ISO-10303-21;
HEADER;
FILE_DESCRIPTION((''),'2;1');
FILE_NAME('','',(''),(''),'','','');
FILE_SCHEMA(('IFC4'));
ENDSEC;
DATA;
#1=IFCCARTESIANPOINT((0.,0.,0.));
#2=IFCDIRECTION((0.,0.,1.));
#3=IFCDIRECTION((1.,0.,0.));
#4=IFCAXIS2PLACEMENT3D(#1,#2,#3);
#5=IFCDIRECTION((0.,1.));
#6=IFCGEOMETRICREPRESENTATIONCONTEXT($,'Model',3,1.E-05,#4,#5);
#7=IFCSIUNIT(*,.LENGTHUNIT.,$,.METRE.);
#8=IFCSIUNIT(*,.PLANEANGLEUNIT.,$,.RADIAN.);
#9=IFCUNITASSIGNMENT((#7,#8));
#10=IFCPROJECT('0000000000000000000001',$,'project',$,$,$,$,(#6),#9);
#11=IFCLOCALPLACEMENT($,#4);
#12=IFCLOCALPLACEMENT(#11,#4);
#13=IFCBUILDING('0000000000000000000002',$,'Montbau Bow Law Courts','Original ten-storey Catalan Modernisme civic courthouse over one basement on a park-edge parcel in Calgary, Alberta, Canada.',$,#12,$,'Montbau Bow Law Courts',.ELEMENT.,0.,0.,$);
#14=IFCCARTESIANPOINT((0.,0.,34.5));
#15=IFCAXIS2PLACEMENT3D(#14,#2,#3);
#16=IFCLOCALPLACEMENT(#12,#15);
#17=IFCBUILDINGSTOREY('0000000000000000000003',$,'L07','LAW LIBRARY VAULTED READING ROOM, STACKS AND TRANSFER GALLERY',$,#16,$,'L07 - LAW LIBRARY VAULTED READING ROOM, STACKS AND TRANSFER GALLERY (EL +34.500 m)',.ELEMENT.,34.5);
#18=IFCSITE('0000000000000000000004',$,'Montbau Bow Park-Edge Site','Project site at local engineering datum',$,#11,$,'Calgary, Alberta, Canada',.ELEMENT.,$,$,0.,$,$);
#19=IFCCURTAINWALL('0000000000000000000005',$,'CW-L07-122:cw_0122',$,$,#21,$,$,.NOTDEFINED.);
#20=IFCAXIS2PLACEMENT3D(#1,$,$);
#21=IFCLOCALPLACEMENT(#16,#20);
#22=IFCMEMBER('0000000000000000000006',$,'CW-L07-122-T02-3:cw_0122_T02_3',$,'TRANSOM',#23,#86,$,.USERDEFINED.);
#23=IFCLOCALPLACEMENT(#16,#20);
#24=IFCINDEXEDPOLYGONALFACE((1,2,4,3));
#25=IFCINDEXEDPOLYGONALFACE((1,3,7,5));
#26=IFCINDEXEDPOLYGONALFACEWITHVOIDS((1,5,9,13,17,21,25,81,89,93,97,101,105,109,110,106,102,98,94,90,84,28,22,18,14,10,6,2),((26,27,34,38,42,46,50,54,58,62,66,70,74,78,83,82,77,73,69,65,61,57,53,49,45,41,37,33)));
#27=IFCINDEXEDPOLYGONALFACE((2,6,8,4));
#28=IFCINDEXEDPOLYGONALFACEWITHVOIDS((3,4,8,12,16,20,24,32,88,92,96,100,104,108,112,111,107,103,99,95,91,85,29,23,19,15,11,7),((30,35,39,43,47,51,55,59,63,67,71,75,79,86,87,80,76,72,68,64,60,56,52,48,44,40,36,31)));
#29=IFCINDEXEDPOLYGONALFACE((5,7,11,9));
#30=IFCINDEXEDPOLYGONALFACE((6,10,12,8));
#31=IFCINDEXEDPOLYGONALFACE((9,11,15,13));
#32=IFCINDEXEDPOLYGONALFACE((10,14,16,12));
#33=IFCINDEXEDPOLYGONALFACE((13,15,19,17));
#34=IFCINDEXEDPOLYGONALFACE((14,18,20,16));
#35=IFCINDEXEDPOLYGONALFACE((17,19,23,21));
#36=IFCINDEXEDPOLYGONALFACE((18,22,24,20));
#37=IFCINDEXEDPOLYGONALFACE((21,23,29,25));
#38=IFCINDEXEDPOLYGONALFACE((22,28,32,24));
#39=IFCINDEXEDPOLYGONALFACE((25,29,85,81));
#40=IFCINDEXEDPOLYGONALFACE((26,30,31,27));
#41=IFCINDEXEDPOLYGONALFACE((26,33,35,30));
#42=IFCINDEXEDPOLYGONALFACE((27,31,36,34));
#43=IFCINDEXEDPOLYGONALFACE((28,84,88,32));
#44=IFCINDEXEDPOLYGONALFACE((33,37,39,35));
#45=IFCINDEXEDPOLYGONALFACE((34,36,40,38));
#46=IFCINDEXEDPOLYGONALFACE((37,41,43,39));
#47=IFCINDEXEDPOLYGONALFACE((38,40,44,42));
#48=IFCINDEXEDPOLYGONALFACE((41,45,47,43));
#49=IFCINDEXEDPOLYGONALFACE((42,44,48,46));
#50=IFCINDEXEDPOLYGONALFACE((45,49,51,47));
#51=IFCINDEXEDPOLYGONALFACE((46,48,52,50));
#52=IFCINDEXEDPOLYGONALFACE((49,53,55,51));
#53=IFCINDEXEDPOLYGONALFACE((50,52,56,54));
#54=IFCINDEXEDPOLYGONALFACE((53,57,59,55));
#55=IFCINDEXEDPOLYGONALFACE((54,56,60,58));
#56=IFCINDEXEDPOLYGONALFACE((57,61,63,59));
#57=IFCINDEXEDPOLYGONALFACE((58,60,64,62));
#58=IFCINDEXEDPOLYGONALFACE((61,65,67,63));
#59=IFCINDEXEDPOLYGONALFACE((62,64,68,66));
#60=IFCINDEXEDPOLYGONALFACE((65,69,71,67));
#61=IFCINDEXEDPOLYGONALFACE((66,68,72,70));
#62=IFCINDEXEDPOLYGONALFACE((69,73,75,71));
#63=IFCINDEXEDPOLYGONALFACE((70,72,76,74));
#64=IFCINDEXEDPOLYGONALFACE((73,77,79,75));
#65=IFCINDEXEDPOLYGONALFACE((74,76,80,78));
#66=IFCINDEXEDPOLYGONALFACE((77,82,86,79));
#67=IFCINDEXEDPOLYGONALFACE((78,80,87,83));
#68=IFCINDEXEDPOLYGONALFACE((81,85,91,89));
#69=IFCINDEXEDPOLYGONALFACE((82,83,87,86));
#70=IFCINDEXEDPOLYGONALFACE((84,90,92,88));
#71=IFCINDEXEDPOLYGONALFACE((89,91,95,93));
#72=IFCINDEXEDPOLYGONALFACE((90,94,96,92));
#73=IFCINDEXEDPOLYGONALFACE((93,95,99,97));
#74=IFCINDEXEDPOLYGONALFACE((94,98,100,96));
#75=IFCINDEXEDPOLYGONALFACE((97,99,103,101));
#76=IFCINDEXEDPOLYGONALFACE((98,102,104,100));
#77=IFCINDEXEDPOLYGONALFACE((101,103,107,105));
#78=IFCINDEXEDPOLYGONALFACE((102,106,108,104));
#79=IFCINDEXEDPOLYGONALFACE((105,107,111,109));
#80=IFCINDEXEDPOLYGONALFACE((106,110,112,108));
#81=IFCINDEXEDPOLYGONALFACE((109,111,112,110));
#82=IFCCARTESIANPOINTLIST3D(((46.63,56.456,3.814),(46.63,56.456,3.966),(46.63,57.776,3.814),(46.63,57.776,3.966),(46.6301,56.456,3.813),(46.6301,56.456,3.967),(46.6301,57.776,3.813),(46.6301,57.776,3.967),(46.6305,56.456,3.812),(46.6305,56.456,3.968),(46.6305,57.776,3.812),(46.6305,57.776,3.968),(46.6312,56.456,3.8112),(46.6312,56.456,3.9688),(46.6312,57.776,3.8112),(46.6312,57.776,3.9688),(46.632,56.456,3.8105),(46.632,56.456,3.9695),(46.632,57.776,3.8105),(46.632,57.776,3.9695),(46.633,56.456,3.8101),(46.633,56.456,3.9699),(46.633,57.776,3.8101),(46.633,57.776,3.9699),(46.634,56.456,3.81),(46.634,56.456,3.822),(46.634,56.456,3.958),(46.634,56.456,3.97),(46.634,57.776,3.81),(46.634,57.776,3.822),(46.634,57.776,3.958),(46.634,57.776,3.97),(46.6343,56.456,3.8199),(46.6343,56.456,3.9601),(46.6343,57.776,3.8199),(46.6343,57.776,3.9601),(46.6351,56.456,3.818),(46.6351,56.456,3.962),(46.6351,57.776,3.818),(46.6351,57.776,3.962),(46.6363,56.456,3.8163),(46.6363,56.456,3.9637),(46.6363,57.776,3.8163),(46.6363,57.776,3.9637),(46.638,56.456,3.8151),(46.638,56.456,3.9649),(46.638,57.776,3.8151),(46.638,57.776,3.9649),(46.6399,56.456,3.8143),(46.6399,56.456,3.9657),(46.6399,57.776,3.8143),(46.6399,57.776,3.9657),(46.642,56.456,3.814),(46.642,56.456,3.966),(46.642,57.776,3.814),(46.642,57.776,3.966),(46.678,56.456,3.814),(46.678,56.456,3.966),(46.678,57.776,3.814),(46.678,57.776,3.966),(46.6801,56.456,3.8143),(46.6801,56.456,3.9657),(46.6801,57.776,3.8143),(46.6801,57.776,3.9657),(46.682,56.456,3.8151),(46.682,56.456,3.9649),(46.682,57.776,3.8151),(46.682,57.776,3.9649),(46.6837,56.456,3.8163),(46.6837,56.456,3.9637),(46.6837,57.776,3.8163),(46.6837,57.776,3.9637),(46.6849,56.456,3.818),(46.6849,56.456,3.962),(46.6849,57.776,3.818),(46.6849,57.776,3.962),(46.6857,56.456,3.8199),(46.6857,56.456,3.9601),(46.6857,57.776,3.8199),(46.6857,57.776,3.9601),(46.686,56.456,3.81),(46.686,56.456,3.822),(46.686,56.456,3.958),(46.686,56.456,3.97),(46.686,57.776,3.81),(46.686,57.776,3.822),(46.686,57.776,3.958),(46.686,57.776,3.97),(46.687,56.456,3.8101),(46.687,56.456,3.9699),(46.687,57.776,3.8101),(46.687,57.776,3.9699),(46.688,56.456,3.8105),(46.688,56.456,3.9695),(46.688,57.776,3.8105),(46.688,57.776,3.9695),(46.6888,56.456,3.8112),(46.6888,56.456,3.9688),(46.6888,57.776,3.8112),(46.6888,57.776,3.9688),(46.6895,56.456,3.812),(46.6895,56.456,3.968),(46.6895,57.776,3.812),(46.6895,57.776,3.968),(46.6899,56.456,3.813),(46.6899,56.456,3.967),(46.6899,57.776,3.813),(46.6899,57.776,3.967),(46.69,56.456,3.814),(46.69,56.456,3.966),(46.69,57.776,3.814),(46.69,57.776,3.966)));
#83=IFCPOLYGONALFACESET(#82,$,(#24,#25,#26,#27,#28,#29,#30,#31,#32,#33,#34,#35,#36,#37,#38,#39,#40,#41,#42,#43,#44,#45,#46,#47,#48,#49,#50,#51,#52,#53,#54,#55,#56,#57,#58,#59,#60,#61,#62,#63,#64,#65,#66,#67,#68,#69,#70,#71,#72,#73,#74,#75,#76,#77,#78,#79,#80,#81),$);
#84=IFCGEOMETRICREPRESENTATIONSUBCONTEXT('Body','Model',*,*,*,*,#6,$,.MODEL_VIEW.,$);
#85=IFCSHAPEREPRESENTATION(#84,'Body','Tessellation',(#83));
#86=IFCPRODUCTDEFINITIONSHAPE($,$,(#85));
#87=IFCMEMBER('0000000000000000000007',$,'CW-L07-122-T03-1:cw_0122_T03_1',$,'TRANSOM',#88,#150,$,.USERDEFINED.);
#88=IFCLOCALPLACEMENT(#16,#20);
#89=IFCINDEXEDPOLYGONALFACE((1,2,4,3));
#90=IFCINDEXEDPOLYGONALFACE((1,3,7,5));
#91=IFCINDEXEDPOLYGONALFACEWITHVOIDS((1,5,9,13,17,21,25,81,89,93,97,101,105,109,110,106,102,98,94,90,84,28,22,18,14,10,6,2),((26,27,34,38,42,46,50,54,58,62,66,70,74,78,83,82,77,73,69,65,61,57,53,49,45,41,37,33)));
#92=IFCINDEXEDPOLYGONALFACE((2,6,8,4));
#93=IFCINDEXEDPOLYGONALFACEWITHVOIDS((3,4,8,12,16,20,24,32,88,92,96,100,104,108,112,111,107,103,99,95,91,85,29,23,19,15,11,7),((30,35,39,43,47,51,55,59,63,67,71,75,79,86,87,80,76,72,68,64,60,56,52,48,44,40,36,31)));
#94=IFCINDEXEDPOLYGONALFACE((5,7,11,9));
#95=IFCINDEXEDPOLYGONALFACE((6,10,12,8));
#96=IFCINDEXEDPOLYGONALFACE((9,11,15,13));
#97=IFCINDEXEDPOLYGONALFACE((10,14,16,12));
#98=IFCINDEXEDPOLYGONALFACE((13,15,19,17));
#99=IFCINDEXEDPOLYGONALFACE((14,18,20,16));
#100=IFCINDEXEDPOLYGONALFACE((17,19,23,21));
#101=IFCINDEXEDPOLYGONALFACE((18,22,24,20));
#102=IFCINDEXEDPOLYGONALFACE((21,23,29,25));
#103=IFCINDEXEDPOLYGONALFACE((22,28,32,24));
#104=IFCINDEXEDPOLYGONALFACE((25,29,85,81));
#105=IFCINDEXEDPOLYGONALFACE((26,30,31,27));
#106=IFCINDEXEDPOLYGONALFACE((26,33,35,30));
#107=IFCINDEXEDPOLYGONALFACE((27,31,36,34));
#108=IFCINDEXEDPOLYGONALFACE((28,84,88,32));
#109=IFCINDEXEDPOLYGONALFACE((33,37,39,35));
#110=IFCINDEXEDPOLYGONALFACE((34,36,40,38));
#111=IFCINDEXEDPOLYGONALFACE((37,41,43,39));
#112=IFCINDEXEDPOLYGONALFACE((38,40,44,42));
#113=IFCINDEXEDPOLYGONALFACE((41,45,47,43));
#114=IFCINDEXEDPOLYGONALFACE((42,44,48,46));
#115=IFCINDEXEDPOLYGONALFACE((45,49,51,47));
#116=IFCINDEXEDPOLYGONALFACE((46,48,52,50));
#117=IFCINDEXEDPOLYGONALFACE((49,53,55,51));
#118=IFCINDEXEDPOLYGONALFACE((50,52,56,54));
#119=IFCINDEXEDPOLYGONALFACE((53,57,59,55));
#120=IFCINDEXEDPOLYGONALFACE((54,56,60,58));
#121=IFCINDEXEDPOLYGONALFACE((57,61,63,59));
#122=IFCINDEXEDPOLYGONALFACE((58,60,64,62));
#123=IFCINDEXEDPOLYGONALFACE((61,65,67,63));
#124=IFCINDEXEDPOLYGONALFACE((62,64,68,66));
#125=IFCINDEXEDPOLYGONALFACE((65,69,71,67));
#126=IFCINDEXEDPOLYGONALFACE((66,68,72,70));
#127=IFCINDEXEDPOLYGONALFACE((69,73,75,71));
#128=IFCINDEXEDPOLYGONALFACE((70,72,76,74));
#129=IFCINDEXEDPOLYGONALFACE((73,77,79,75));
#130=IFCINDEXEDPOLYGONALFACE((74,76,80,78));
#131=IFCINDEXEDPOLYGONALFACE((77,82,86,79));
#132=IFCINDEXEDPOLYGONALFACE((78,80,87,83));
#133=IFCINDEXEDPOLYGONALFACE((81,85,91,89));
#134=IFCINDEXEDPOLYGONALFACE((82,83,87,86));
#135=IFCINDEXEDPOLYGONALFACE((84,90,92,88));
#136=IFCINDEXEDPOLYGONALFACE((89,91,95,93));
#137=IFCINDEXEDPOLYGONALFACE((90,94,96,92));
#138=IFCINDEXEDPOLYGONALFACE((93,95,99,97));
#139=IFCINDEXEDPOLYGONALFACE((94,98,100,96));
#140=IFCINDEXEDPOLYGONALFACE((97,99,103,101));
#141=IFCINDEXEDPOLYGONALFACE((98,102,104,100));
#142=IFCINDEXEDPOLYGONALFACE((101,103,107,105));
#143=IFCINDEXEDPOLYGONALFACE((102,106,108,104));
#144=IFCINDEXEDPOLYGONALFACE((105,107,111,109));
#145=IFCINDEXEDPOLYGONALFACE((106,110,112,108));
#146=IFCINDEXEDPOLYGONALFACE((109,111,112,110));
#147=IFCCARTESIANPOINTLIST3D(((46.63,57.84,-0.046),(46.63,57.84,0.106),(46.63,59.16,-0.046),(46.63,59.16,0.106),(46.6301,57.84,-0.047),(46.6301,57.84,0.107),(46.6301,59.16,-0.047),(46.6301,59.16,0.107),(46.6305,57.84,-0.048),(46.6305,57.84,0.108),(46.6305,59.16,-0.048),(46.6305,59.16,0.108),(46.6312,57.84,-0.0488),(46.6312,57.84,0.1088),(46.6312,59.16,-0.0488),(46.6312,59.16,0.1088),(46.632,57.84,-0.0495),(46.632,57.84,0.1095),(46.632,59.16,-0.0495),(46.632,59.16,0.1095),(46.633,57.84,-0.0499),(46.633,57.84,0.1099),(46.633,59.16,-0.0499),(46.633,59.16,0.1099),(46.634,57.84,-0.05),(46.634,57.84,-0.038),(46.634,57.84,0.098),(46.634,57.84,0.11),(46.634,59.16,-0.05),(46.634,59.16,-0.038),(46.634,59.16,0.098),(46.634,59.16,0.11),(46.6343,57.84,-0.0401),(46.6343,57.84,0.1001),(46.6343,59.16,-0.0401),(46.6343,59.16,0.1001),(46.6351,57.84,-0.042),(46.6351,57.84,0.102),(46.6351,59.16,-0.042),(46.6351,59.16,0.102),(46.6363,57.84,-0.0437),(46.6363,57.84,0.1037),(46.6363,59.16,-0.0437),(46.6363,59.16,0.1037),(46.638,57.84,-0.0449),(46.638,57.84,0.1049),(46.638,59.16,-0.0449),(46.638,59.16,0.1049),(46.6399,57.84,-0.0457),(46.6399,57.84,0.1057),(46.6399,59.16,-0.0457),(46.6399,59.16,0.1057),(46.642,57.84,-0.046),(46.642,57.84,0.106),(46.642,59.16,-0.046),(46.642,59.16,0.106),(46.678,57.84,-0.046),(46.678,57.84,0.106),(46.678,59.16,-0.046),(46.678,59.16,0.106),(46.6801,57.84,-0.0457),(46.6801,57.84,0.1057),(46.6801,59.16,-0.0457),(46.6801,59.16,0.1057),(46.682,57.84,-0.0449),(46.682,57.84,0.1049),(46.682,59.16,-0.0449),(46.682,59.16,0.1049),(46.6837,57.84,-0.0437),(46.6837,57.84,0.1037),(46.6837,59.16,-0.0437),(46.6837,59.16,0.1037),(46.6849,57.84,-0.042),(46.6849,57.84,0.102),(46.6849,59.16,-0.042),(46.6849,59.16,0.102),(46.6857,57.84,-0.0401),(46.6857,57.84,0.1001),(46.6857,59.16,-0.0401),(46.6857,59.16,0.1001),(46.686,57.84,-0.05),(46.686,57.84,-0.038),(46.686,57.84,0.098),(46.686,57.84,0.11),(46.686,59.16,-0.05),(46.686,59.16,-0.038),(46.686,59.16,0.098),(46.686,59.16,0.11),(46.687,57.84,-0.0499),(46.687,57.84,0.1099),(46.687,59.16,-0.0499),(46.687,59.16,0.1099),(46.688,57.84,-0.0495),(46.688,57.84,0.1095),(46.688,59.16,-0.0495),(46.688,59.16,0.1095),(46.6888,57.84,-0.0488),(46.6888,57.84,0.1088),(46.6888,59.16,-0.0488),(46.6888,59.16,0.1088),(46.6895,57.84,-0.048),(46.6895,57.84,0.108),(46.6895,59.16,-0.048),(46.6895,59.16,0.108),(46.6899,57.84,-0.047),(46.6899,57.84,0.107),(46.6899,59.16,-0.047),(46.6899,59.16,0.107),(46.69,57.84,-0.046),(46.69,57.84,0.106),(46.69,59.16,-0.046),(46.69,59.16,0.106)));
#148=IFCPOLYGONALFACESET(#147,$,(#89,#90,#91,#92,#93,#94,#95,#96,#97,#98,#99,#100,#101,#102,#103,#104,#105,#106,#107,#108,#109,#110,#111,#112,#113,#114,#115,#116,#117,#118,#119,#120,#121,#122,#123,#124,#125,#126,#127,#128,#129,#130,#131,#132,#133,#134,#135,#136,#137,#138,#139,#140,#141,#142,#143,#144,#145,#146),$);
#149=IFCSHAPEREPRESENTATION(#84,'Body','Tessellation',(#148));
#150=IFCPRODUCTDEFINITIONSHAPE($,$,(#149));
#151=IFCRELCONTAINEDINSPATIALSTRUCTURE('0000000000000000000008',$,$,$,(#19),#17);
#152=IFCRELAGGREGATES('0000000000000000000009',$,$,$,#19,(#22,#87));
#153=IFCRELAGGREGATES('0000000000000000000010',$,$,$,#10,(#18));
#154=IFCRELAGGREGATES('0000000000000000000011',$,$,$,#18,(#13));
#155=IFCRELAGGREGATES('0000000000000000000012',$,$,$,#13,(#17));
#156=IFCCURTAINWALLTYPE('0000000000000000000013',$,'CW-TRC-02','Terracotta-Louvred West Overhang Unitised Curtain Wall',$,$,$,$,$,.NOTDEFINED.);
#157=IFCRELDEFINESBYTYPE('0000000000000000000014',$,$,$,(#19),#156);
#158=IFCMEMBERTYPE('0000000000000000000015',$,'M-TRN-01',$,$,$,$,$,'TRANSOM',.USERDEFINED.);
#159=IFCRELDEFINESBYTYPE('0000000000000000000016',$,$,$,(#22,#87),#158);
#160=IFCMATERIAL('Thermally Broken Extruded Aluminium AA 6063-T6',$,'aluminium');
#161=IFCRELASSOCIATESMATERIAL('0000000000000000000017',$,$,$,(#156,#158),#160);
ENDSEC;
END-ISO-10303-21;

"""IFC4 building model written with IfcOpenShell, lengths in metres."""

from ifc_helpers import new_model, si_unit, direction, frame, origin_with_axes, origin_2d_with_axis, place, context, subcontext, project, spatial, hollow_rectangle, extrude, material, material_profile, profile_set, type_object, element, aggregate, save


model = new_model("IFC4")

# Units and contexts
model_context = context("Model", 3, precision=1e-05, world=origin_with_axes(), true_north=direction((0.0, 1.0)))
body_context = subcontext(model_context, "Body", "Model", "MODEL_VIEW")
ifc_project = project(units=[si_unit("LENGTHUNIT", "METRE"), si_unit("PLANEANGLEUNIT", "RADIAN")], contexts=[model_context])

# Site, building, storey
site_placement = place(None, origin_with_axes())
site = spatial("IfcSite", under=ifc_project, at=site_placement, Name="Montbau Bow Park-Edge Site", Description="Project site at local engineering datum", LongName="Calgary, Alberta, Canada", CompositionType="ELEMENT", RefElevation=0.0)
building_placement = place(site_placement, origin_with_axes())
building = spatial("IfcBuilding", under=site, at=building_placement, Name="Montbau Bow Law Courts", Description="Original ten-storey Catalan Modernisme civic courthouse over one basement on a park-edge parcel in Calgary, Alberta, Canada.", LongName="Montbau Bow Law Courts", CompositionType="ELEMENT", ElevationOfRefHeight=0.0, ElevationOfTerrain=0.0)
storey_placement = place(building_placement, frame((0.0, 0.0, 34.5), z_axis=(0.0, 0.0, 1.0), x_axis=(1.0, 0.0, 0.0)))
storey = spatial("IfcBuildingStorey", under=building, at=storey_placement, Name="L07", Description="LAW LIBRARY VAULTED READING ROOM, STACKS AND TRANSFER GALLERY", LongName="L07 - LAW LIBRARY VAULTED READING ROOM, STACKS AND TRANSFER GALLERY (EL +34.500 m)", CompositionType="ELEMENT", Elevation=34.5)

# Shared definitions
ifc_material_1 = material(Name="Thermally Broken Extruded Aluminium AA 6063-T6", Category="aluminium")
curtain_wall_type = type_object("IfcCurtainWallType", Name="CW-TRC-02", Description="Terracotta-Louvred West Overhang Unitised Curtain Wall", PredefinedType="NOTDEFINED", material=ifc_material_1)

# Curtain wall
curtain_wall_1_placement = place(None, frame((46.66, 55.04, 34.5), z_axis=(0.0, 0.0, 1.0), x_axis=(1.0, 0.0, 0.0)))
curtain_wall_1 = element("IfcCurtainWall", 1, at=curtain_wall_1_placement, inside=storey, type_object=curtain_wall_type, Name="CW-L07-122:cw_0122", PredefinedType="NOTDEFINED")

# Members
ifc_material_profile_1 = material_profile(ifc_material_1, hollow_rectangle(XDim=0.06, YDim=0.16, WallThickness=0.004, InnerFilletRadius=0.008, OuterFilletRadius=0.004, at=origin_2d_with_axis()), Name="CWT-160X60", Category="Main", Priority=0)
ifc_profile_set_1 = profile_set([ifc_material_profile_1], Name="Thermally Broken Extruded Aluminium AA 6063-T6")
member_type_1 = type_object("IfcMemberType", Name="M-TRN-01", ElementType="TRANSOM", PredefinedType="USERDEFINED", material=ifc_profile_set_1)
member_1_placement = place(None, frame((46.66, 56.456, 38.39), z_axis=(0.0, 1.0, 0.0), x_axis=(-1.0, 0.0, 0.0)))
member_1 = element("IfcMember", 2, at=member_1_placement, type_object=member_type_1, Name="CW-L07-122-T02-3:cw_0122_T02_3", ObjectType="TRANSOM", PredefinedType="USERDEFINED", context=body_context, shape_type="SweptSolid", body=[
    extrude(hollow_rectangle(XDim=0.06, YDim=0.16, WallThickness=0.004, InnerFilletRadius=0.008, OuterFilletRadius=0.004, at=origin_2d_with_axis()), origin_with_axes(), (0.0, 0.0, 1.0), 1.32),
])
member_2_placement = place(None, frame((46.66, 57.84, 34.53), z_axis=(0.0, 1.0, 0.0), x_axis=(-1.0, 0.0, 0.0)))
member_2 = element("IfcMember", 3, at=member_2_placement, type_object=member_type_1, Name="CW-L07-122-T03-1:cw_0122_T03_1", ObjectType="TRANSOM", PredefinedType="USERDEFINED", context=body_context, shape_type="SweptSolid", body=[
    extrude(hollow_rectangle(XDim=0.06, YDim=0.16, WallThickness=0.004, InnerFilletRadius=0.008, OuterFilletRadius=0.004, at=origin_2d_with_axis()), origin_with_axes(), (0.0, 0.0, 1.0), 1.32),
])

aggregate(curtain_wall_1, [member_1, member_2])

save(model, "model.ifc")
